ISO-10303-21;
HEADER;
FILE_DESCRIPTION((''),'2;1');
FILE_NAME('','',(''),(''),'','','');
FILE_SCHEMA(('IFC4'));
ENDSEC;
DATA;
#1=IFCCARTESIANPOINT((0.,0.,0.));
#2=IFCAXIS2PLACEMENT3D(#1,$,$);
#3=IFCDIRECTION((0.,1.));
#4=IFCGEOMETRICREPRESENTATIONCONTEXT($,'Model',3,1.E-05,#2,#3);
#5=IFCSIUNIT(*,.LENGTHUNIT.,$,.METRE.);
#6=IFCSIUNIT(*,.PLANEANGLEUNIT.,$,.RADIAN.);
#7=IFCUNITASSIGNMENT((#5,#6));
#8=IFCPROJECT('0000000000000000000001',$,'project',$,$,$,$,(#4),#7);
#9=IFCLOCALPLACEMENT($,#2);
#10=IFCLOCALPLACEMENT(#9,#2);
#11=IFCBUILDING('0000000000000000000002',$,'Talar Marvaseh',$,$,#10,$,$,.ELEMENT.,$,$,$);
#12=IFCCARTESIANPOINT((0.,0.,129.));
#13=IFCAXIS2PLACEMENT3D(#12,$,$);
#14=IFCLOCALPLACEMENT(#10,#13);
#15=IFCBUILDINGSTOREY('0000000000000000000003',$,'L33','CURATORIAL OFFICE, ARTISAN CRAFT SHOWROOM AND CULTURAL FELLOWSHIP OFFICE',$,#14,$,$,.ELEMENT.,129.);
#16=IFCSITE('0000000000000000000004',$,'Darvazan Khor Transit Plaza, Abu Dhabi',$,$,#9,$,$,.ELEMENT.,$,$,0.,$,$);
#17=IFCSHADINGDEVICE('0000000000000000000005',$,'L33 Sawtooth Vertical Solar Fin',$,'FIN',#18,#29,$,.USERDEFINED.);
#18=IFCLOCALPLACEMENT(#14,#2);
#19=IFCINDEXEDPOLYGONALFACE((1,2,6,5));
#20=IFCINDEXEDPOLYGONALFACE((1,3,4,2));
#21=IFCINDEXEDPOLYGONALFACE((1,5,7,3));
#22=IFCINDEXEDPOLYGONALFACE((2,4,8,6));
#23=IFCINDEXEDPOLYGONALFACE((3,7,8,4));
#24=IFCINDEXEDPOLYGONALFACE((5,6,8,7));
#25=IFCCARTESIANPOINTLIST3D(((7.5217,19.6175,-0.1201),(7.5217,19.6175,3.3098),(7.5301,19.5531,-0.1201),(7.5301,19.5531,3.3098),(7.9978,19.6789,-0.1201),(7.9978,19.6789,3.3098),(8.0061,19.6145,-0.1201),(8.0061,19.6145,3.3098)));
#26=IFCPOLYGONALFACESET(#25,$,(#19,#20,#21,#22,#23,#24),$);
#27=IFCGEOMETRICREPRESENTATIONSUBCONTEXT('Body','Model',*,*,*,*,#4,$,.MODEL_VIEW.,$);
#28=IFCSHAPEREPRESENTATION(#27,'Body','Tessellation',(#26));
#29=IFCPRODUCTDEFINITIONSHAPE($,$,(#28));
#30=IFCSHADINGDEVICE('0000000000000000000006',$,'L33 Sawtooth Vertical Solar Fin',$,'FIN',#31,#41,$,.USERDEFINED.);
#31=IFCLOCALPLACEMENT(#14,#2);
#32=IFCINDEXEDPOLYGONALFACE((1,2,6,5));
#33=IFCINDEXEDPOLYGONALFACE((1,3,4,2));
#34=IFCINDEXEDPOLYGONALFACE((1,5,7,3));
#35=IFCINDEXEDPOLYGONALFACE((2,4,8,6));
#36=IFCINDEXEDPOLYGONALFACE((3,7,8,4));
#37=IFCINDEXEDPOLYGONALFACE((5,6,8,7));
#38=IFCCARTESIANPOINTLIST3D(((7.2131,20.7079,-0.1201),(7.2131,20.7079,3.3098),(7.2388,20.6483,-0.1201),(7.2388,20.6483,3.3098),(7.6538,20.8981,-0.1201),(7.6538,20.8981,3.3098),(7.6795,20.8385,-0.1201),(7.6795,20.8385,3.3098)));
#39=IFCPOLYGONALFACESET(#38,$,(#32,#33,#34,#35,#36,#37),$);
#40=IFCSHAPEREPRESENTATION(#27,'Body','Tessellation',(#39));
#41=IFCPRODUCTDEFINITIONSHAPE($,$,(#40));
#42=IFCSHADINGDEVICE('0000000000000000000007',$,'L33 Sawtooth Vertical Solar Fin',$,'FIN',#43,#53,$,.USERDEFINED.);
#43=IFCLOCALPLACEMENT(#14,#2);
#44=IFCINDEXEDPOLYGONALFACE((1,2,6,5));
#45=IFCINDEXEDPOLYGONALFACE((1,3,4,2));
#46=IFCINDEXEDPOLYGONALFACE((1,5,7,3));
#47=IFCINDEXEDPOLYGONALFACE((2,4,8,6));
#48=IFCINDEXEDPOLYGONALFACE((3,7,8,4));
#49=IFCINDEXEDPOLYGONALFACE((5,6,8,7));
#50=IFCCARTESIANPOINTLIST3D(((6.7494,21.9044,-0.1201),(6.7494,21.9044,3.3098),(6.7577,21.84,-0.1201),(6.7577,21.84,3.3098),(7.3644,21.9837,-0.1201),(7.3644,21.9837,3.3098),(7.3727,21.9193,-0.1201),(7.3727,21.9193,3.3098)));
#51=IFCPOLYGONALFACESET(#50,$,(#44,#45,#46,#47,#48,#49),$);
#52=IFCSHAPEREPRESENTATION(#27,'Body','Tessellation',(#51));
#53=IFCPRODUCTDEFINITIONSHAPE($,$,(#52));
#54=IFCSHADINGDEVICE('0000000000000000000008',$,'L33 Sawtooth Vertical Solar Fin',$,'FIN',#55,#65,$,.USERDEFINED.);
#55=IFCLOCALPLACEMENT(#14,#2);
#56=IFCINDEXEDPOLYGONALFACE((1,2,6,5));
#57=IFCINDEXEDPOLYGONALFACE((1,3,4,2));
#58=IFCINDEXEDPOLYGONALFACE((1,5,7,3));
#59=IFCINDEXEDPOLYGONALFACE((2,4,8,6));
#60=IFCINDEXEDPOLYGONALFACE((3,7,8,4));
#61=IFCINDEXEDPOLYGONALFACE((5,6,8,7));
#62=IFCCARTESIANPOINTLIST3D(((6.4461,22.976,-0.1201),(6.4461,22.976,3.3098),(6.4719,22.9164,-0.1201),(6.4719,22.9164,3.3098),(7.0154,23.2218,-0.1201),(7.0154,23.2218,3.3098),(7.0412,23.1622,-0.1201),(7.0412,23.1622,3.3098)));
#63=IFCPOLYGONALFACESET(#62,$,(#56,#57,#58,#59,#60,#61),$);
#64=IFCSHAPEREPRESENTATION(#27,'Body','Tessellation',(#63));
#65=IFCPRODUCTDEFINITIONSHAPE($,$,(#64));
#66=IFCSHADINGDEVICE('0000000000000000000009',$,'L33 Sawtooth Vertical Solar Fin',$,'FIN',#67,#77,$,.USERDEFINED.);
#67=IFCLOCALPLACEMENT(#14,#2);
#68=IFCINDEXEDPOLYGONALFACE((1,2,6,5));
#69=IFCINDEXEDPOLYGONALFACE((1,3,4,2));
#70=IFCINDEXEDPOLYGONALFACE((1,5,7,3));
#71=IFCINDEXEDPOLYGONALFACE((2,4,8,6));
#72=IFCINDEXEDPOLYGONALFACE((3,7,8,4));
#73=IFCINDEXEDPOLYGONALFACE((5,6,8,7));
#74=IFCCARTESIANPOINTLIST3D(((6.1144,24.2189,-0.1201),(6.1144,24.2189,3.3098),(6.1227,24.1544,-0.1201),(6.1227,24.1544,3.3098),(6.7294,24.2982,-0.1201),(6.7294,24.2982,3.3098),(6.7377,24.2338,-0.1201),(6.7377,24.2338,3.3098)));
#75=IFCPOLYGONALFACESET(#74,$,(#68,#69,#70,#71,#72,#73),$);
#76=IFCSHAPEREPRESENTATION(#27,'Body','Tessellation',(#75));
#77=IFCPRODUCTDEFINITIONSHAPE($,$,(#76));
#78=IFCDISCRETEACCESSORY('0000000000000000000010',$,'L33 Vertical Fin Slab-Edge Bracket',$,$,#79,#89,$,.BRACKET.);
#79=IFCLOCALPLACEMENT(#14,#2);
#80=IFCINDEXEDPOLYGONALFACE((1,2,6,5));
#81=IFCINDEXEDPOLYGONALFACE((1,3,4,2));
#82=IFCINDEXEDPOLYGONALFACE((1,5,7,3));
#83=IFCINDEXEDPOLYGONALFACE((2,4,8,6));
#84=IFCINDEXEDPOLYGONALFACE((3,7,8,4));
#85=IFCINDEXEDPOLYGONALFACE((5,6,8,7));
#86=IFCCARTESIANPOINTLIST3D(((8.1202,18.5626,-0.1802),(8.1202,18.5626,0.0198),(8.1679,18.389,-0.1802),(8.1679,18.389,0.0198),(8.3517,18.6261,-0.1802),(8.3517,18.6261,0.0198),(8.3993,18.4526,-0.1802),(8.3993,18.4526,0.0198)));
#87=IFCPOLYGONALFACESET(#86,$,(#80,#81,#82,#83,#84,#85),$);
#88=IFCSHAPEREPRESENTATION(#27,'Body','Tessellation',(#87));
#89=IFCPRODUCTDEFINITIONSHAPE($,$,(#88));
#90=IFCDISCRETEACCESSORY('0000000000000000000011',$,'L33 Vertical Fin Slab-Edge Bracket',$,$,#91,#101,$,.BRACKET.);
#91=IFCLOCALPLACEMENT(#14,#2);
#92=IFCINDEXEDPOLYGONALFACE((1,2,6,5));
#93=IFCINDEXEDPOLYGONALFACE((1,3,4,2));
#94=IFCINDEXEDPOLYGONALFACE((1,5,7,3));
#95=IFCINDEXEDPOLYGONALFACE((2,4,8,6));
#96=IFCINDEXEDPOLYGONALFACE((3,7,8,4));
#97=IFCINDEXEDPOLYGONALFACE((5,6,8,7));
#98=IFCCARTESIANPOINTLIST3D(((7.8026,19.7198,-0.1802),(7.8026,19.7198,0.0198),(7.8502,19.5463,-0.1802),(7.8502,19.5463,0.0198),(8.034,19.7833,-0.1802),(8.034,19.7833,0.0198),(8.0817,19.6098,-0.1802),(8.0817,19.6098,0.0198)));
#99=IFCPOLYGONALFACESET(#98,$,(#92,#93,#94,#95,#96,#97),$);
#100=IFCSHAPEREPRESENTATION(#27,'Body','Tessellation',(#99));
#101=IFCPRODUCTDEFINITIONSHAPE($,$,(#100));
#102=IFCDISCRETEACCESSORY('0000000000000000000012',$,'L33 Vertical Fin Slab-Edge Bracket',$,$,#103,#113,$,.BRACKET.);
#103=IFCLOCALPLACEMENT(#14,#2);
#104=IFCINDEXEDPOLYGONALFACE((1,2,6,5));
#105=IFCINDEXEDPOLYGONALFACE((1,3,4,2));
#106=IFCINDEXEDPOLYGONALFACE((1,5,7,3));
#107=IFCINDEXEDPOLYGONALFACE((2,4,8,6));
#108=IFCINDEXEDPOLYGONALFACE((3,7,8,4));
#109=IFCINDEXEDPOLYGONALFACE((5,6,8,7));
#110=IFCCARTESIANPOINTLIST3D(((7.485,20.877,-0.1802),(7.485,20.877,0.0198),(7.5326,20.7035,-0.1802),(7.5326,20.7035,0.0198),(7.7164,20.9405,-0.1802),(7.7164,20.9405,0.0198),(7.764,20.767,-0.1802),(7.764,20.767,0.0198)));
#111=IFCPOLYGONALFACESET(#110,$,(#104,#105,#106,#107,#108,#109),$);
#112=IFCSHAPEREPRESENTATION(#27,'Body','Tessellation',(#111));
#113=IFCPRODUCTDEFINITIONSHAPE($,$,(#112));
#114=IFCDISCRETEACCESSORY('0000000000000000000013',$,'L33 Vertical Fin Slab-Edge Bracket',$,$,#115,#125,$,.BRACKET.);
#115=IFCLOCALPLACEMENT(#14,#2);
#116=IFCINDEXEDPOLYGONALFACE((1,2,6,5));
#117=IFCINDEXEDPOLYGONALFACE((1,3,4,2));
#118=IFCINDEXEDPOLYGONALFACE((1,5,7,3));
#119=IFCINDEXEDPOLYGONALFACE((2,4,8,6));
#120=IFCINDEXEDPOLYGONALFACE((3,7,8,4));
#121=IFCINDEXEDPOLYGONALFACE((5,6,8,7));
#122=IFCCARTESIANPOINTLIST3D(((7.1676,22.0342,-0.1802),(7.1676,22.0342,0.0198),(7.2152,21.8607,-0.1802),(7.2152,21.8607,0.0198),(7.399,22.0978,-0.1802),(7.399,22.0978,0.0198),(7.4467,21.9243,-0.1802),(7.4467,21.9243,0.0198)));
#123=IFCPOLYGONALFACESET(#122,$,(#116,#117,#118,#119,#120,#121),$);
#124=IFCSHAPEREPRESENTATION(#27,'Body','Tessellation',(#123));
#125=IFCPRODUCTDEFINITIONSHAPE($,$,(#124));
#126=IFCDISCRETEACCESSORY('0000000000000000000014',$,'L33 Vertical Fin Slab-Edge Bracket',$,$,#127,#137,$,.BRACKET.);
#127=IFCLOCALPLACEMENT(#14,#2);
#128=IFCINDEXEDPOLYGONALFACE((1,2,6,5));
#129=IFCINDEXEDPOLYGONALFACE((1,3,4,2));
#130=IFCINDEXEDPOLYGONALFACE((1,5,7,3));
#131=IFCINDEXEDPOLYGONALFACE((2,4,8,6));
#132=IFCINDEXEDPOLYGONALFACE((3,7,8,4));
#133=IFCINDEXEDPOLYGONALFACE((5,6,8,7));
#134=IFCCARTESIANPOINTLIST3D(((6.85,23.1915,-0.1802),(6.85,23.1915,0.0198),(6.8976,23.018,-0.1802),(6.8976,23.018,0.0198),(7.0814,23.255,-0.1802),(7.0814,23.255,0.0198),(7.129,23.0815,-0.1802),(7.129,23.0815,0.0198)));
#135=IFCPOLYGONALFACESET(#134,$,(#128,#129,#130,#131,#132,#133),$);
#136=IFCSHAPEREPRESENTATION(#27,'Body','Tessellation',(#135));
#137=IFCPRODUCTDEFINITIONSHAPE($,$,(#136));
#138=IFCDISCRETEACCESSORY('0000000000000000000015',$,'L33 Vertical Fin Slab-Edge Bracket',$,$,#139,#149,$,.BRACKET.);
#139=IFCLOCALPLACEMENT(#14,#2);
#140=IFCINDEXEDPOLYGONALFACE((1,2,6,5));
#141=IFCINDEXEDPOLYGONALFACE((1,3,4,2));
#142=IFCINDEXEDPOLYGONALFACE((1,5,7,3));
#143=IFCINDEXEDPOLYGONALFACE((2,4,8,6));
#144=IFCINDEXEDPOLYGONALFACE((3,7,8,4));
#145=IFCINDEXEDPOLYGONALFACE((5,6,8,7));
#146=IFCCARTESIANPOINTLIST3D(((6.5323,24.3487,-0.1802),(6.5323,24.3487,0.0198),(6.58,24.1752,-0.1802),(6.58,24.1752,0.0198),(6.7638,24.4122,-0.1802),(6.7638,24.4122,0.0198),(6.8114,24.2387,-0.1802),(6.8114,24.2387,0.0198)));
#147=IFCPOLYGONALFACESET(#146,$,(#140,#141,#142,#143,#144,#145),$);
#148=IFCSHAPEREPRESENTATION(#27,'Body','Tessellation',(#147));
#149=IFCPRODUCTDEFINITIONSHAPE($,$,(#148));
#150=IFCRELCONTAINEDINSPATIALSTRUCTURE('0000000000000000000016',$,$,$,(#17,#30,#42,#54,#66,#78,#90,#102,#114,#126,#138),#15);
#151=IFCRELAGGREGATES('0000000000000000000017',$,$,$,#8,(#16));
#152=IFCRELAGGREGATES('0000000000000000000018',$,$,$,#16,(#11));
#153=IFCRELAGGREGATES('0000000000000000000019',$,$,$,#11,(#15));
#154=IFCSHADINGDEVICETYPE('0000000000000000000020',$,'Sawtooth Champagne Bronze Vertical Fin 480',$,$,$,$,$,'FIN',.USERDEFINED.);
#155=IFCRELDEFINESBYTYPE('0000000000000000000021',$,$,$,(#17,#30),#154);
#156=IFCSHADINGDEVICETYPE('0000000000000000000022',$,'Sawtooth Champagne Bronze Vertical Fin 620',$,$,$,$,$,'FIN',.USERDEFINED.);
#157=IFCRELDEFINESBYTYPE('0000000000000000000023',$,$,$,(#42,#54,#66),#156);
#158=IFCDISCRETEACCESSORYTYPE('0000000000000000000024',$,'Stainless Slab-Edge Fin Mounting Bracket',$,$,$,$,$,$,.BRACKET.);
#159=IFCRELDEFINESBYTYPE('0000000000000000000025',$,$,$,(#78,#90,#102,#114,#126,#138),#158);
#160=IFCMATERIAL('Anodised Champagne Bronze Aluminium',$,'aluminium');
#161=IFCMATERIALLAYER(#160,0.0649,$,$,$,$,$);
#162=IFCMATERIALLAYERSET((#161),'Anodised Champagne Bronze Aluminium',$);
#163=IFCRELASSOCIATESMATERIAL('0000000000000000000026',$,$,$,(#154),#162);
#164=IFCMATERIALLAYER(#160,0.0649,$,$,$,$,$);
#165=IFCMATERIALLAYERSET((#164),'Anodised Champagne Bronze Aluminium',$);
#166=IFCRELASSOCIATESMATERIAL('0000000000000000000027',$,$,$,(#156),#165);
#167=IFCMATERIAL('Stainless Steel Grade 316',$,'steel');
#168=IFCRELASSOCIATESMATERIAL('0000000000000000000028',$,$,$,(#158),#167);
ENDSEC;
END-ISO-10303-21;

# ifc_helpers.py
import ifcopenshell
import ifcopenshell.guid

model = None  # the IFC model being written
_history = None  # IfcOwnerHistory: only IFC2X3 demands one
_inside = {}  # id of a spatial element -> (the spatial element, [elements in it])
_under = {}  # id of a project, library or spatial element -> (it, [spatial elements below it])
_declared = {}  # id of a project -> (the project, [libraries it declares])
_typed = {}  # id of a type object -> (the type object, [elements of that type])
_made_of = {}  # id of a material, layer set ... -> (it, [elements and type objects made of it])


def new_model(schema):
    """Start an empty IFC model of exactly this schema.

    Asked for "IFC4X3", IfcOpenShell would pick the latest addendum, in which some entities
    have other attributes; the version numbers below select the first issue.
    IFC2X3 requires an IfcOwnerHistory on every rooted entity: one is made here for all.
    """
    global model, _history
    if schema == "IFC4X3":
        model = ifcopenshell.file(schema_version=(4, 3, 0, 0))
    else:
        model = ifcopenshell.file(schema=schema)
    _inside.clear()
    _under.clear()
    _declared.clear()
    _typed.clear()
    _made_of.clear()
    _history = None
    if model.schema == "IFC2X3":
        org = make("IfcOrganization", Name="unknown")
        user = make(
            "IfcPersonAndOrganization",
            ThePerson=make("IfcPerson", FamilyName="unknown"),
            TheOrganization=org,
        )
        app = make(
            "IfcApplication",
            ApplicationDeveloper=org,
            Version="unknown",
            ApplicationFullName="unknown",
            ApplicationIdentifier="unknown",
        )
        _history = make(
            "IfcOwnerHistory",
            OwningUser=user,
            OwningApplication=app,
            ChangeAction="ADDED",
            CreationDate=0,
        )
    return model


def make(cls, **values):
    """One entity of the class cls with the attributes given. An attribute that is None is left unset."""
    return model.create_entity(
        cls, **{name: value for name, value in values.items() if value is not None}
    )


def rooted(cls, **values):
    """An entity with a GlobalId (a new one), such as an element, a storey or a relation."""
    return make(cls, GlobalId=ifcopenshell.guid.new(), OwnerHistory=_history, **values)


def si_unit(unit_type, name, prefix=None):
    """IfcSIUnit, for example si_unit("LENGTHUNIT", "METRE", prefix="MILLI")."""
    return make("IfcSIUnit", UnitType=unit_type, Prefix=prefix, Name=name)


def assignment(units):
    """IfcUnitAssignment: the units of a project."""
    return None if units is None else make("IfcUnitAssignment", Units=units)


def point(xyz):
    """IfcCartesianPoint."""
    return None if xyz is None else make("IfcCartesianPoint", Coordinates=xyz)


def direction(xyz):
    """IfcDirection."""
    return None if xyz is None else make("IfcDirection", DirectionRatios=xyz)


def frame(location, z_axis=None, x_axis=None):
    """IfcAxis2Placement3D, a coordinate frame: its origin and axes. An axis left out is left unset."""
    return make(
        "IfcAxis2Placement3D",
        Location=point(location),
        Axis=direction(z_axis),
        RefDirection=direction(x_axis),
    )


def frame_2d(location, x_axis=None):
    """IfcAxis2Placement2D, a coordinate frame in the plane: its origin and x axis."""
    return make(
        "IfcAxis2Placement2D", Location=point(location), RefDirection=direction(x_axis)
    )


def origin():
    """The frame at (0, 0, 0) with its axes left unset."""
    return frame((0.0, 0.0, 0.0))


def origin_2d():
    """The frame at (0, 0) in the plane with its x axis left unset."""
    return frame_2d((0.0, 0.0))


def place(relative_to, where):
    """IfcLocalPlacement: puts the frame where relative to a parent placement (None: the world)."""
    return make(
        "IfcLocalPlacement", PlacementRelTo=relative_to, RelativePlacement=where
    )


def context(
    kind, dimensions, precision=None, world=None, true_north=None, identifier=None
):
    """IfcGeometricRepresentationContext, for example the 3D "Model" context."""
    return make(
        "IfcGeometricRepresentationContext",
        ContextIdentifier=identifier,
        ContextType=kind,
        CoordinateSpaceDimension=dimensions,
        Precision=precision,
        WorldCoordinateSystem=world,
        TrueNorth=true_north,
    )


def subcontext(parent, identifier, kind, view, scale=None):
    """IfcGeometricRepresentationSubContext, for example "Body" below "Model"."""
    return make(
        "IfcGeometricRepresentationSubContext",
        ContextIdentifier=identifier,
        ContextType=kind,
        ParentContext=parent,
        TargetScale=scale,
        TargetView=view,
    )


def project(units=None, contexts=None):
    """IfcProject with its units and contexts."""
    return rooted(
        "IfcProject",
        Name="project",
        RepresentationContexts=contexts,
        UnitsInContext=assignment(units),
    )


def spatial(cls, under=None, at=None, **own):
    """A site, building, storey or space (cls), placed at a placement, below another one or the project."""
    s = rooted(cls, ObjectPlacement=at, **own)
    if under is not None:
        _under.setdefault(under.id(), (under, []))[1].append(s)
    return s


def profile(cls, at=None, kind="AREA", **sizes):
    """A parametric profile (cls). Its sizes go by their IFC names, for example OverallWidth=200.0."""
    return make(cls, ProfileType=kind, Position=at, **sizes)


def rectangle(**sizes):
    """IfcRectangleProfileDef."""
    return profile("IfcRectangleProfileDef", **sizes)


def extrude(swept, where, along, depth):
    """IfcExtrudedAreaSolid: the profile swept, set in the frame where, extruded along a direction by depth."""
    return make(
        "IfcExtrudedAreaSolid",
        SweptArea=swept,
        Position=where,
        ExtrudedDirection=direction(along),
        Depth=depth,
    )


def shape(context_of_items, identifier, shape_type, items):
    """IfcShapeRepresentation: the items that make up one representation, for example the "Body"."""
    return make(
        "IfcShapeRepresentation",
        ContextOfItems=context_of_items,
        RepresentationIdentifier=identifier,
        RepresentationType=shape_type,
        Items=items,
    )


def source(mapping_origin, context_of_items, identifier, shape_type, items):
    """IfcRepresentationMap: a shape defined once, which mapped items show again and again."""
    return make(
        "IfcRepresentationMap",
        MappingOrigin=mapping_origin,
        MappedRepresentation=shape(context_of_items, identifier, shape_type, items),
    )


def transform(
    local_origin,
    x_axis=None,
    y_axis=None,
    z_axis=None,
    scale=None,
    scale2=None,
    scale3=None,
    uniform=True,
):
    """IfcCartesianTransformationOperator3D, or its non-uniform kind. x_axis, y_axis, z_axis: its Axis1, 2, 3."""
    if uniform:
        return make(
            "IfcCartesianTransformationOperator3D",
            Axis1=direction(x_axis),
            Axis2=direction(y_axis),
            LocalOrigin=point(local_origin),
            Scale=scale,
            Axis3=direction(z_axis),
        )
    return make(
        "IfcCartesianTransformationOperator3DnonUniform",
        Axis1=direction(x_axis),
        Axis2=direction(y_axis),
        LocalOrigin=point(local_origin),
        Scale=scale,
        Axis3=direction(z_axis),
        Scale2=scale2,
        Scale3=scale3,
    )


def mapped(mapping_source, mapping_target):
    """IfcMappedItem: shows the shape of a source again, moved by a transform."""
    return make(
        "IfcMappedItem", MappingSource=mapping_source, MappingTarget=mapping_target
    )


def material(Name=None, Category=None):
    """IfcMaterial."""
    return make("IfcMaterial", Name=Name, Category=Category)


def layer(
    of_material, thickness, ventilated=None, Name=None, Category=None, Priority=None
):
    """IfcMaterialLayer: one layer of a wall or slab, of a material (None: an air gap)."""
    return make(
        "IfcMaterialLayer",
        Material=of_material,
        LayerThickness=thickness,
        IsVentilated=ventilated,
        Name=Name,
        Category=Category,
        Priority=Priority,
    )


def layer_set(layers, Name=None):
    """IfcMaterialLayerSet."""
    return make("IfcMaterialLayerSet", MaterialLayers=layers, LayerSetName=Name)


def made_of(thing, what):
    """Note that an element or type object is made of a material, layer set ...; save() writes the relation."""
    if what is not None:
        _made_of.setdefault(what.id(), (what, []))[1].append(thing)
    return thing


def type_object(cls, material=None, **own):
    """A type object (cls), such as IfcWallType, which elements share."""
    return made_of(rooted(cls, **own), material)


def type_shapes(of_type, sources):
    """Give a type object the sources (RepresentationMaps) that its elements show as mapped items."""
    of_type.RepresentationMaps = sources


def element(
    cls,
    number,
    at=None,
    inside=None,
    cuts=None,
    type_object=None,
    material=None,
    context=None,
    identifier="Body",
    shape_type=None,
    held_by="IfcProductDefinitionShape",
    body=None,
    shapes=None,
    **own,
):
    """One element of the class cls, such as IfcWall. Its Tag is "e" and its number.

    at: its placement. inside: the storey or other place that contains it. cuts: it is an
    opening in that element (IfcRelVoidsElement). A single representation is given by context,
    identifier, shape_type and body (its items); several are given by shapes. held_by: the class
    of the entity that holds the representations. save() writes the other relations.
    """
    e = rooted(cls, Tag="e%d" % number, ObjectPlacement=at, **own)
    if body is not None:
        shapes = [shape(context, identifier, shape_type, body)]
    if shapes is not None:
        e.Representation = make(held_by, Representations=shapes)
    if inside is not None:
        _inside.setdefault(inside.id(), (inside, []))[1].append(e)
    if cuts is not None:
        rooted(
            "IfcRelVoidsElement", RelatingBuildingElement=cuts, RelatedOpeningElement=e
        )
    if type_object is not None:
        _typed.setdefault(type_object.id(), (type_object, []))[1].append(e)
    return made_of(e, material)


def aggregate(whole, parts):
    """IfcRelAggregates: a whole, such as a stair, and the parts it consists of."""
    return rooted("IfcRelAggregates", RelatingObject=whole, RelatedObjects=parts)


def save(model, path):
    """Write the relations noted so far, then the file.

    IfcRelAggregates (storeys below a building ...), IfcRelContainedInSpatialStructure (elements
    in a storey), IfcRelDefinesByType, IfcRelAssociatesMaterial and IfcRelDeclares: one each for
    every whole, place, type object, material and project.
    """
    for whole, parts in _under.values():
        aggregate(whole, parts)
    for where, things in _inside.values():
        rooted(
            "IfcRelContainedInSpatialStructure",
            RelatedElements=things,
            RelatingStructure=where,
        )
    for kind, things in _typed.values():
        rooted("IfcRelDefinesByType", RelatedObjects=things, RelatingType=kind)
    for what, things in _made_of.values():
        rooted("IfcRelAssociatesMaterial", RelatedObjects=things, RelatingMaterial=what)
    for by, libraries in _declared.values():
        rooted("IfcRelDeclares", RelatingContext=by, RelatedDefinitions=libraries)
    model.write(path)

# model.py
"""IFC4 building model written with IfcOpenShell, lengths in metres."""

from ifc_helpers import new_model, si_unit, direction, frame, origin, origin_2d, place, context, subcontext, project, spatial, rectangle, extrude, source, transform, mapped, material, layer, layer_set, type_object, type_shapes, element, save


model = new_model("IFC4")

# Units and contexts
model_context = context("Model", 3, precision=1e-05, world=origin(), true_north=direction((0.0, 1.0)))
body_context = subcontext(model_context, "Body", "Model", "MODEL_VIEW")
ifc_project = project(units=[si_unit("LENGTHUNIT", "METRE"), si_unit("PLANEANGLEUNIT", "RADIAN")], contexts=[model_context])

# Site, building, storey
site_placement = place(None, origin())
site = spatial("IfcSite", under=ifc_project, at=site_placement, Name="Darvazan Khor Transit Plaza, Abu Dhabi", CompositionType="ELEMENT", RefElevation=0.0)
building_placement = place(site_placement, origin())
building = spatial("IfcBuilding", under=site, at=building_placement, Name="Talar Marvaseh", CompositionType="ELEMENT")
storey_placement = place(building_placement, frame((0.0, 0.0, 129.0)))
storey = spatial("IfcBuildingStorey", under=building, at=storey_placement, Name="L33", Description="CURATORIAL OFFICE, ARTISAN CRAFT SHOWROOM AND CULTURAL FELLOWSHIP OFFICE", CompositionType="ELEMENT", Elevation=129.0)

# Shading devices
ifc_material_1 = material(Name="Anodised Champagne Bronze Aluminium", Category="aluminium")
ifc_layer_1 = layer(ifc_material_1, 0.0649)
ifc_layer_set_1 = layer_set([ifc_layer_1], Name="Anodised Champagne Bronze Aluminium")
shading_device_type_1 = type_object("IfcShadingDeviceType", Name="Sawtooth Champagne Bronze Vertical Fin 480", ElementType="FIN", PredefinedType="USERDEFINED", material=ifc_layer_set_1)
shared_shape_1 = source(origin(), body_context, "Body", "SweptSolid", [
    extrude(rectangle(XDim=0.48, YDim=0.0649, at=origin_2d()), origin(), (0.0, 0.0, 1.0), 3.4299),
])
type_shapes(shading_device_type_1, [shared_shape_1])
for number, where, z_axis, x_axis, name in (
    (1, (7.7639, 19.616, -0.1201), (0.0, 0.0, 1.0), (-0.991783, -0.12793, 0.0), "L33 Sawtooth Vertical Solar Fin"),
    (2, (7.4463, 20.7732, -0.1201), (0.0, 0.0, 1.0), (-0.918101, -0.396347, 0.0), "L33 Sawtooth Vertical Solar Fin"),
):
    element("IfcShadingDevice", number, at=place(storey_placement, frame(where, z_axis=z_axis, x_axis=x_axis)), inside=storey, type_object=shading_device_type_1, Name=name, ObjectType="FIN", PredefinedType="USERDEFINED", context=body_context, shape_type="MappedRepresentation", body=[
        mapped(shared_shape_1, transform((0.0, 0.0, 0.0), x_axis=(1.0, 0.0, 0.0), y_axis=(0.0, 1.0, 0.0), z_axis=(0.0, 0.0, 1.0), scale=1.0)),
    ])
ifc_layer_2 = layer(ifc_material_1, 0.0649)
ifc_layer_set_2 = layer_set([ifc_layer_2], Name="Anodised Champagne Bronze Aluminium")
shading_device_type_2 = type_object("IfcShadingDeviceType", Name="Sawtooth Champagne Bronze Vertical Fin 620", ElementType="FIN", PredefinedType="USERDEFINED", material=ifc_layer_set_2)
shared_shape_2 = source(origin(), body_context, "Body", "SweptSolid", [
    extrude(rectangle(XDim=0.6201, YDim=0.0649, at=origin_2d()), origin(), (0.0, 0.0, 1.0), 3.4299),
])
type_shapes(shading_device_type_2, [shared_shape_2])
for number, where, z_axis, x_axis, name in (
    (3, (7.061, 21.9119, -0.1201), (0.0, 0.0, 1.0), (-0.991783, -0.12793, 0.0), "L33 Sawtooth Vertical Solar Fin"),
    (4, (6.7437, 23.0691, -0.1201), (0.0, 0.0, 1.0), (-0.918101, -0.396347, 0.0), "L33 Sawtooth Vertical Solar Fin"),
    (5, (6.426, 24.2263, -0.1201), (0.0, 0.0, 1.0), (-0.991783, -0.12793, 0.0), "L33 Sawtooth Vertical Solar Fin"),
):
    element("IfcShadingDevice", number, at=place(storey_placement, frame(where, z_axis=z_axis, x_axis=x_axis)), inside=storey, type_object=shading_device_type_2, Name=name, ObjectType="FIN", PredefinedType="USERDEFINED", context=body_context, shape_type="MappedRepresentation", body=[
        mapped(shared_shape_2, transform((0.0, 0.0, 0.0), x_axis=(1.0, 0.0, 0.0), y_axis=(0.0, 1.0, 0.0), z_axis=(0.0, 0.0, 1.0), scale=1.0)),
    ])

# Discrete accessories
ifc_material_2 = material(Name="Stainless Steel Grade 316", Category="steel")
discrete_accessory_type = type_object("IfcDiscreteAccessoryType", Name="Stainless Slab-Edge Fin Mounting Bracket", PredefinedType="BRACKET", material=ifc_material_2)
shared_shape_3 = source(origin(), body_context, "Body", "SweptSolid", [
    extrude(rectangle(XDim=0.24, YDim=0.1799, at=origin_2d()), origin(), (0.0, 0.0, 1.0), 0.2),
])
type_shapes(discrete_accessory_type, [shared_shape_3])
for number, where, z_axis, x_axis, name in (
    (6, (8.2598, 18.5076, -0.1802), (0.0, 0.0, 1.0), (-0.964327, -0.264715, 0.0), "L33 Vertical Fin Slab-Edge Bracket"),
    (7, (7.9421, 19.6648, -0.1802), (0.0, 0.0, 1.0), (-0.964327, -0.264715, 0.0), "L33 Vertical Fin Slab-Edge Bracket"),
    (8, (7.6245, 20.822, -0.1802), (0.0, 0.0, 1.0), (-0.964327, -0.264715, 0.0), "L33 Vertical Fin Slab-Edge Bracket"),
    (9, (7.3071, 21.9792, -0.1802), (0.0, 0.0, 1.0), (-0.964327, -0.264715, 0.0), "L33 Vertical Fin Slab-Edge Bracket"),
    (10, (6.9895, 23.1365, -0.1802), (0.0, 0.0, 1.0), (-0.964327, -0.264715, 0.0), "L33 Vertical Fin Slab-Edge Bracket"),
    (11, (6.6719, 24.2937, -0.1802), (0.0, 0.0, 1.0), (-0.964327, -0.264715, 0.0), "L33 Vertical Fin Slab-Edge Bracket"),
):
    element("IfcDiscreteAccessory", number, at=place(storey_placement, frame(where, z_axis=z_axis, x_axis=x_axis)), inside=storey, type_object=discrete_accessory_type, Name=name, PredefinedType="BRACKET", context=body_context, shape_type="MappedRepresentation", body=[
        mapped(shared_shape_3, transform((0.0, 0.0, 0.0), x_axis=(1.0, 0.0, 0.0), y_axis=(0.0, 1.0, 0.0), z_axis=(0.0, 0.0, 1.0), scale=1.0)),
    ])

save(model, "model.ifc")
